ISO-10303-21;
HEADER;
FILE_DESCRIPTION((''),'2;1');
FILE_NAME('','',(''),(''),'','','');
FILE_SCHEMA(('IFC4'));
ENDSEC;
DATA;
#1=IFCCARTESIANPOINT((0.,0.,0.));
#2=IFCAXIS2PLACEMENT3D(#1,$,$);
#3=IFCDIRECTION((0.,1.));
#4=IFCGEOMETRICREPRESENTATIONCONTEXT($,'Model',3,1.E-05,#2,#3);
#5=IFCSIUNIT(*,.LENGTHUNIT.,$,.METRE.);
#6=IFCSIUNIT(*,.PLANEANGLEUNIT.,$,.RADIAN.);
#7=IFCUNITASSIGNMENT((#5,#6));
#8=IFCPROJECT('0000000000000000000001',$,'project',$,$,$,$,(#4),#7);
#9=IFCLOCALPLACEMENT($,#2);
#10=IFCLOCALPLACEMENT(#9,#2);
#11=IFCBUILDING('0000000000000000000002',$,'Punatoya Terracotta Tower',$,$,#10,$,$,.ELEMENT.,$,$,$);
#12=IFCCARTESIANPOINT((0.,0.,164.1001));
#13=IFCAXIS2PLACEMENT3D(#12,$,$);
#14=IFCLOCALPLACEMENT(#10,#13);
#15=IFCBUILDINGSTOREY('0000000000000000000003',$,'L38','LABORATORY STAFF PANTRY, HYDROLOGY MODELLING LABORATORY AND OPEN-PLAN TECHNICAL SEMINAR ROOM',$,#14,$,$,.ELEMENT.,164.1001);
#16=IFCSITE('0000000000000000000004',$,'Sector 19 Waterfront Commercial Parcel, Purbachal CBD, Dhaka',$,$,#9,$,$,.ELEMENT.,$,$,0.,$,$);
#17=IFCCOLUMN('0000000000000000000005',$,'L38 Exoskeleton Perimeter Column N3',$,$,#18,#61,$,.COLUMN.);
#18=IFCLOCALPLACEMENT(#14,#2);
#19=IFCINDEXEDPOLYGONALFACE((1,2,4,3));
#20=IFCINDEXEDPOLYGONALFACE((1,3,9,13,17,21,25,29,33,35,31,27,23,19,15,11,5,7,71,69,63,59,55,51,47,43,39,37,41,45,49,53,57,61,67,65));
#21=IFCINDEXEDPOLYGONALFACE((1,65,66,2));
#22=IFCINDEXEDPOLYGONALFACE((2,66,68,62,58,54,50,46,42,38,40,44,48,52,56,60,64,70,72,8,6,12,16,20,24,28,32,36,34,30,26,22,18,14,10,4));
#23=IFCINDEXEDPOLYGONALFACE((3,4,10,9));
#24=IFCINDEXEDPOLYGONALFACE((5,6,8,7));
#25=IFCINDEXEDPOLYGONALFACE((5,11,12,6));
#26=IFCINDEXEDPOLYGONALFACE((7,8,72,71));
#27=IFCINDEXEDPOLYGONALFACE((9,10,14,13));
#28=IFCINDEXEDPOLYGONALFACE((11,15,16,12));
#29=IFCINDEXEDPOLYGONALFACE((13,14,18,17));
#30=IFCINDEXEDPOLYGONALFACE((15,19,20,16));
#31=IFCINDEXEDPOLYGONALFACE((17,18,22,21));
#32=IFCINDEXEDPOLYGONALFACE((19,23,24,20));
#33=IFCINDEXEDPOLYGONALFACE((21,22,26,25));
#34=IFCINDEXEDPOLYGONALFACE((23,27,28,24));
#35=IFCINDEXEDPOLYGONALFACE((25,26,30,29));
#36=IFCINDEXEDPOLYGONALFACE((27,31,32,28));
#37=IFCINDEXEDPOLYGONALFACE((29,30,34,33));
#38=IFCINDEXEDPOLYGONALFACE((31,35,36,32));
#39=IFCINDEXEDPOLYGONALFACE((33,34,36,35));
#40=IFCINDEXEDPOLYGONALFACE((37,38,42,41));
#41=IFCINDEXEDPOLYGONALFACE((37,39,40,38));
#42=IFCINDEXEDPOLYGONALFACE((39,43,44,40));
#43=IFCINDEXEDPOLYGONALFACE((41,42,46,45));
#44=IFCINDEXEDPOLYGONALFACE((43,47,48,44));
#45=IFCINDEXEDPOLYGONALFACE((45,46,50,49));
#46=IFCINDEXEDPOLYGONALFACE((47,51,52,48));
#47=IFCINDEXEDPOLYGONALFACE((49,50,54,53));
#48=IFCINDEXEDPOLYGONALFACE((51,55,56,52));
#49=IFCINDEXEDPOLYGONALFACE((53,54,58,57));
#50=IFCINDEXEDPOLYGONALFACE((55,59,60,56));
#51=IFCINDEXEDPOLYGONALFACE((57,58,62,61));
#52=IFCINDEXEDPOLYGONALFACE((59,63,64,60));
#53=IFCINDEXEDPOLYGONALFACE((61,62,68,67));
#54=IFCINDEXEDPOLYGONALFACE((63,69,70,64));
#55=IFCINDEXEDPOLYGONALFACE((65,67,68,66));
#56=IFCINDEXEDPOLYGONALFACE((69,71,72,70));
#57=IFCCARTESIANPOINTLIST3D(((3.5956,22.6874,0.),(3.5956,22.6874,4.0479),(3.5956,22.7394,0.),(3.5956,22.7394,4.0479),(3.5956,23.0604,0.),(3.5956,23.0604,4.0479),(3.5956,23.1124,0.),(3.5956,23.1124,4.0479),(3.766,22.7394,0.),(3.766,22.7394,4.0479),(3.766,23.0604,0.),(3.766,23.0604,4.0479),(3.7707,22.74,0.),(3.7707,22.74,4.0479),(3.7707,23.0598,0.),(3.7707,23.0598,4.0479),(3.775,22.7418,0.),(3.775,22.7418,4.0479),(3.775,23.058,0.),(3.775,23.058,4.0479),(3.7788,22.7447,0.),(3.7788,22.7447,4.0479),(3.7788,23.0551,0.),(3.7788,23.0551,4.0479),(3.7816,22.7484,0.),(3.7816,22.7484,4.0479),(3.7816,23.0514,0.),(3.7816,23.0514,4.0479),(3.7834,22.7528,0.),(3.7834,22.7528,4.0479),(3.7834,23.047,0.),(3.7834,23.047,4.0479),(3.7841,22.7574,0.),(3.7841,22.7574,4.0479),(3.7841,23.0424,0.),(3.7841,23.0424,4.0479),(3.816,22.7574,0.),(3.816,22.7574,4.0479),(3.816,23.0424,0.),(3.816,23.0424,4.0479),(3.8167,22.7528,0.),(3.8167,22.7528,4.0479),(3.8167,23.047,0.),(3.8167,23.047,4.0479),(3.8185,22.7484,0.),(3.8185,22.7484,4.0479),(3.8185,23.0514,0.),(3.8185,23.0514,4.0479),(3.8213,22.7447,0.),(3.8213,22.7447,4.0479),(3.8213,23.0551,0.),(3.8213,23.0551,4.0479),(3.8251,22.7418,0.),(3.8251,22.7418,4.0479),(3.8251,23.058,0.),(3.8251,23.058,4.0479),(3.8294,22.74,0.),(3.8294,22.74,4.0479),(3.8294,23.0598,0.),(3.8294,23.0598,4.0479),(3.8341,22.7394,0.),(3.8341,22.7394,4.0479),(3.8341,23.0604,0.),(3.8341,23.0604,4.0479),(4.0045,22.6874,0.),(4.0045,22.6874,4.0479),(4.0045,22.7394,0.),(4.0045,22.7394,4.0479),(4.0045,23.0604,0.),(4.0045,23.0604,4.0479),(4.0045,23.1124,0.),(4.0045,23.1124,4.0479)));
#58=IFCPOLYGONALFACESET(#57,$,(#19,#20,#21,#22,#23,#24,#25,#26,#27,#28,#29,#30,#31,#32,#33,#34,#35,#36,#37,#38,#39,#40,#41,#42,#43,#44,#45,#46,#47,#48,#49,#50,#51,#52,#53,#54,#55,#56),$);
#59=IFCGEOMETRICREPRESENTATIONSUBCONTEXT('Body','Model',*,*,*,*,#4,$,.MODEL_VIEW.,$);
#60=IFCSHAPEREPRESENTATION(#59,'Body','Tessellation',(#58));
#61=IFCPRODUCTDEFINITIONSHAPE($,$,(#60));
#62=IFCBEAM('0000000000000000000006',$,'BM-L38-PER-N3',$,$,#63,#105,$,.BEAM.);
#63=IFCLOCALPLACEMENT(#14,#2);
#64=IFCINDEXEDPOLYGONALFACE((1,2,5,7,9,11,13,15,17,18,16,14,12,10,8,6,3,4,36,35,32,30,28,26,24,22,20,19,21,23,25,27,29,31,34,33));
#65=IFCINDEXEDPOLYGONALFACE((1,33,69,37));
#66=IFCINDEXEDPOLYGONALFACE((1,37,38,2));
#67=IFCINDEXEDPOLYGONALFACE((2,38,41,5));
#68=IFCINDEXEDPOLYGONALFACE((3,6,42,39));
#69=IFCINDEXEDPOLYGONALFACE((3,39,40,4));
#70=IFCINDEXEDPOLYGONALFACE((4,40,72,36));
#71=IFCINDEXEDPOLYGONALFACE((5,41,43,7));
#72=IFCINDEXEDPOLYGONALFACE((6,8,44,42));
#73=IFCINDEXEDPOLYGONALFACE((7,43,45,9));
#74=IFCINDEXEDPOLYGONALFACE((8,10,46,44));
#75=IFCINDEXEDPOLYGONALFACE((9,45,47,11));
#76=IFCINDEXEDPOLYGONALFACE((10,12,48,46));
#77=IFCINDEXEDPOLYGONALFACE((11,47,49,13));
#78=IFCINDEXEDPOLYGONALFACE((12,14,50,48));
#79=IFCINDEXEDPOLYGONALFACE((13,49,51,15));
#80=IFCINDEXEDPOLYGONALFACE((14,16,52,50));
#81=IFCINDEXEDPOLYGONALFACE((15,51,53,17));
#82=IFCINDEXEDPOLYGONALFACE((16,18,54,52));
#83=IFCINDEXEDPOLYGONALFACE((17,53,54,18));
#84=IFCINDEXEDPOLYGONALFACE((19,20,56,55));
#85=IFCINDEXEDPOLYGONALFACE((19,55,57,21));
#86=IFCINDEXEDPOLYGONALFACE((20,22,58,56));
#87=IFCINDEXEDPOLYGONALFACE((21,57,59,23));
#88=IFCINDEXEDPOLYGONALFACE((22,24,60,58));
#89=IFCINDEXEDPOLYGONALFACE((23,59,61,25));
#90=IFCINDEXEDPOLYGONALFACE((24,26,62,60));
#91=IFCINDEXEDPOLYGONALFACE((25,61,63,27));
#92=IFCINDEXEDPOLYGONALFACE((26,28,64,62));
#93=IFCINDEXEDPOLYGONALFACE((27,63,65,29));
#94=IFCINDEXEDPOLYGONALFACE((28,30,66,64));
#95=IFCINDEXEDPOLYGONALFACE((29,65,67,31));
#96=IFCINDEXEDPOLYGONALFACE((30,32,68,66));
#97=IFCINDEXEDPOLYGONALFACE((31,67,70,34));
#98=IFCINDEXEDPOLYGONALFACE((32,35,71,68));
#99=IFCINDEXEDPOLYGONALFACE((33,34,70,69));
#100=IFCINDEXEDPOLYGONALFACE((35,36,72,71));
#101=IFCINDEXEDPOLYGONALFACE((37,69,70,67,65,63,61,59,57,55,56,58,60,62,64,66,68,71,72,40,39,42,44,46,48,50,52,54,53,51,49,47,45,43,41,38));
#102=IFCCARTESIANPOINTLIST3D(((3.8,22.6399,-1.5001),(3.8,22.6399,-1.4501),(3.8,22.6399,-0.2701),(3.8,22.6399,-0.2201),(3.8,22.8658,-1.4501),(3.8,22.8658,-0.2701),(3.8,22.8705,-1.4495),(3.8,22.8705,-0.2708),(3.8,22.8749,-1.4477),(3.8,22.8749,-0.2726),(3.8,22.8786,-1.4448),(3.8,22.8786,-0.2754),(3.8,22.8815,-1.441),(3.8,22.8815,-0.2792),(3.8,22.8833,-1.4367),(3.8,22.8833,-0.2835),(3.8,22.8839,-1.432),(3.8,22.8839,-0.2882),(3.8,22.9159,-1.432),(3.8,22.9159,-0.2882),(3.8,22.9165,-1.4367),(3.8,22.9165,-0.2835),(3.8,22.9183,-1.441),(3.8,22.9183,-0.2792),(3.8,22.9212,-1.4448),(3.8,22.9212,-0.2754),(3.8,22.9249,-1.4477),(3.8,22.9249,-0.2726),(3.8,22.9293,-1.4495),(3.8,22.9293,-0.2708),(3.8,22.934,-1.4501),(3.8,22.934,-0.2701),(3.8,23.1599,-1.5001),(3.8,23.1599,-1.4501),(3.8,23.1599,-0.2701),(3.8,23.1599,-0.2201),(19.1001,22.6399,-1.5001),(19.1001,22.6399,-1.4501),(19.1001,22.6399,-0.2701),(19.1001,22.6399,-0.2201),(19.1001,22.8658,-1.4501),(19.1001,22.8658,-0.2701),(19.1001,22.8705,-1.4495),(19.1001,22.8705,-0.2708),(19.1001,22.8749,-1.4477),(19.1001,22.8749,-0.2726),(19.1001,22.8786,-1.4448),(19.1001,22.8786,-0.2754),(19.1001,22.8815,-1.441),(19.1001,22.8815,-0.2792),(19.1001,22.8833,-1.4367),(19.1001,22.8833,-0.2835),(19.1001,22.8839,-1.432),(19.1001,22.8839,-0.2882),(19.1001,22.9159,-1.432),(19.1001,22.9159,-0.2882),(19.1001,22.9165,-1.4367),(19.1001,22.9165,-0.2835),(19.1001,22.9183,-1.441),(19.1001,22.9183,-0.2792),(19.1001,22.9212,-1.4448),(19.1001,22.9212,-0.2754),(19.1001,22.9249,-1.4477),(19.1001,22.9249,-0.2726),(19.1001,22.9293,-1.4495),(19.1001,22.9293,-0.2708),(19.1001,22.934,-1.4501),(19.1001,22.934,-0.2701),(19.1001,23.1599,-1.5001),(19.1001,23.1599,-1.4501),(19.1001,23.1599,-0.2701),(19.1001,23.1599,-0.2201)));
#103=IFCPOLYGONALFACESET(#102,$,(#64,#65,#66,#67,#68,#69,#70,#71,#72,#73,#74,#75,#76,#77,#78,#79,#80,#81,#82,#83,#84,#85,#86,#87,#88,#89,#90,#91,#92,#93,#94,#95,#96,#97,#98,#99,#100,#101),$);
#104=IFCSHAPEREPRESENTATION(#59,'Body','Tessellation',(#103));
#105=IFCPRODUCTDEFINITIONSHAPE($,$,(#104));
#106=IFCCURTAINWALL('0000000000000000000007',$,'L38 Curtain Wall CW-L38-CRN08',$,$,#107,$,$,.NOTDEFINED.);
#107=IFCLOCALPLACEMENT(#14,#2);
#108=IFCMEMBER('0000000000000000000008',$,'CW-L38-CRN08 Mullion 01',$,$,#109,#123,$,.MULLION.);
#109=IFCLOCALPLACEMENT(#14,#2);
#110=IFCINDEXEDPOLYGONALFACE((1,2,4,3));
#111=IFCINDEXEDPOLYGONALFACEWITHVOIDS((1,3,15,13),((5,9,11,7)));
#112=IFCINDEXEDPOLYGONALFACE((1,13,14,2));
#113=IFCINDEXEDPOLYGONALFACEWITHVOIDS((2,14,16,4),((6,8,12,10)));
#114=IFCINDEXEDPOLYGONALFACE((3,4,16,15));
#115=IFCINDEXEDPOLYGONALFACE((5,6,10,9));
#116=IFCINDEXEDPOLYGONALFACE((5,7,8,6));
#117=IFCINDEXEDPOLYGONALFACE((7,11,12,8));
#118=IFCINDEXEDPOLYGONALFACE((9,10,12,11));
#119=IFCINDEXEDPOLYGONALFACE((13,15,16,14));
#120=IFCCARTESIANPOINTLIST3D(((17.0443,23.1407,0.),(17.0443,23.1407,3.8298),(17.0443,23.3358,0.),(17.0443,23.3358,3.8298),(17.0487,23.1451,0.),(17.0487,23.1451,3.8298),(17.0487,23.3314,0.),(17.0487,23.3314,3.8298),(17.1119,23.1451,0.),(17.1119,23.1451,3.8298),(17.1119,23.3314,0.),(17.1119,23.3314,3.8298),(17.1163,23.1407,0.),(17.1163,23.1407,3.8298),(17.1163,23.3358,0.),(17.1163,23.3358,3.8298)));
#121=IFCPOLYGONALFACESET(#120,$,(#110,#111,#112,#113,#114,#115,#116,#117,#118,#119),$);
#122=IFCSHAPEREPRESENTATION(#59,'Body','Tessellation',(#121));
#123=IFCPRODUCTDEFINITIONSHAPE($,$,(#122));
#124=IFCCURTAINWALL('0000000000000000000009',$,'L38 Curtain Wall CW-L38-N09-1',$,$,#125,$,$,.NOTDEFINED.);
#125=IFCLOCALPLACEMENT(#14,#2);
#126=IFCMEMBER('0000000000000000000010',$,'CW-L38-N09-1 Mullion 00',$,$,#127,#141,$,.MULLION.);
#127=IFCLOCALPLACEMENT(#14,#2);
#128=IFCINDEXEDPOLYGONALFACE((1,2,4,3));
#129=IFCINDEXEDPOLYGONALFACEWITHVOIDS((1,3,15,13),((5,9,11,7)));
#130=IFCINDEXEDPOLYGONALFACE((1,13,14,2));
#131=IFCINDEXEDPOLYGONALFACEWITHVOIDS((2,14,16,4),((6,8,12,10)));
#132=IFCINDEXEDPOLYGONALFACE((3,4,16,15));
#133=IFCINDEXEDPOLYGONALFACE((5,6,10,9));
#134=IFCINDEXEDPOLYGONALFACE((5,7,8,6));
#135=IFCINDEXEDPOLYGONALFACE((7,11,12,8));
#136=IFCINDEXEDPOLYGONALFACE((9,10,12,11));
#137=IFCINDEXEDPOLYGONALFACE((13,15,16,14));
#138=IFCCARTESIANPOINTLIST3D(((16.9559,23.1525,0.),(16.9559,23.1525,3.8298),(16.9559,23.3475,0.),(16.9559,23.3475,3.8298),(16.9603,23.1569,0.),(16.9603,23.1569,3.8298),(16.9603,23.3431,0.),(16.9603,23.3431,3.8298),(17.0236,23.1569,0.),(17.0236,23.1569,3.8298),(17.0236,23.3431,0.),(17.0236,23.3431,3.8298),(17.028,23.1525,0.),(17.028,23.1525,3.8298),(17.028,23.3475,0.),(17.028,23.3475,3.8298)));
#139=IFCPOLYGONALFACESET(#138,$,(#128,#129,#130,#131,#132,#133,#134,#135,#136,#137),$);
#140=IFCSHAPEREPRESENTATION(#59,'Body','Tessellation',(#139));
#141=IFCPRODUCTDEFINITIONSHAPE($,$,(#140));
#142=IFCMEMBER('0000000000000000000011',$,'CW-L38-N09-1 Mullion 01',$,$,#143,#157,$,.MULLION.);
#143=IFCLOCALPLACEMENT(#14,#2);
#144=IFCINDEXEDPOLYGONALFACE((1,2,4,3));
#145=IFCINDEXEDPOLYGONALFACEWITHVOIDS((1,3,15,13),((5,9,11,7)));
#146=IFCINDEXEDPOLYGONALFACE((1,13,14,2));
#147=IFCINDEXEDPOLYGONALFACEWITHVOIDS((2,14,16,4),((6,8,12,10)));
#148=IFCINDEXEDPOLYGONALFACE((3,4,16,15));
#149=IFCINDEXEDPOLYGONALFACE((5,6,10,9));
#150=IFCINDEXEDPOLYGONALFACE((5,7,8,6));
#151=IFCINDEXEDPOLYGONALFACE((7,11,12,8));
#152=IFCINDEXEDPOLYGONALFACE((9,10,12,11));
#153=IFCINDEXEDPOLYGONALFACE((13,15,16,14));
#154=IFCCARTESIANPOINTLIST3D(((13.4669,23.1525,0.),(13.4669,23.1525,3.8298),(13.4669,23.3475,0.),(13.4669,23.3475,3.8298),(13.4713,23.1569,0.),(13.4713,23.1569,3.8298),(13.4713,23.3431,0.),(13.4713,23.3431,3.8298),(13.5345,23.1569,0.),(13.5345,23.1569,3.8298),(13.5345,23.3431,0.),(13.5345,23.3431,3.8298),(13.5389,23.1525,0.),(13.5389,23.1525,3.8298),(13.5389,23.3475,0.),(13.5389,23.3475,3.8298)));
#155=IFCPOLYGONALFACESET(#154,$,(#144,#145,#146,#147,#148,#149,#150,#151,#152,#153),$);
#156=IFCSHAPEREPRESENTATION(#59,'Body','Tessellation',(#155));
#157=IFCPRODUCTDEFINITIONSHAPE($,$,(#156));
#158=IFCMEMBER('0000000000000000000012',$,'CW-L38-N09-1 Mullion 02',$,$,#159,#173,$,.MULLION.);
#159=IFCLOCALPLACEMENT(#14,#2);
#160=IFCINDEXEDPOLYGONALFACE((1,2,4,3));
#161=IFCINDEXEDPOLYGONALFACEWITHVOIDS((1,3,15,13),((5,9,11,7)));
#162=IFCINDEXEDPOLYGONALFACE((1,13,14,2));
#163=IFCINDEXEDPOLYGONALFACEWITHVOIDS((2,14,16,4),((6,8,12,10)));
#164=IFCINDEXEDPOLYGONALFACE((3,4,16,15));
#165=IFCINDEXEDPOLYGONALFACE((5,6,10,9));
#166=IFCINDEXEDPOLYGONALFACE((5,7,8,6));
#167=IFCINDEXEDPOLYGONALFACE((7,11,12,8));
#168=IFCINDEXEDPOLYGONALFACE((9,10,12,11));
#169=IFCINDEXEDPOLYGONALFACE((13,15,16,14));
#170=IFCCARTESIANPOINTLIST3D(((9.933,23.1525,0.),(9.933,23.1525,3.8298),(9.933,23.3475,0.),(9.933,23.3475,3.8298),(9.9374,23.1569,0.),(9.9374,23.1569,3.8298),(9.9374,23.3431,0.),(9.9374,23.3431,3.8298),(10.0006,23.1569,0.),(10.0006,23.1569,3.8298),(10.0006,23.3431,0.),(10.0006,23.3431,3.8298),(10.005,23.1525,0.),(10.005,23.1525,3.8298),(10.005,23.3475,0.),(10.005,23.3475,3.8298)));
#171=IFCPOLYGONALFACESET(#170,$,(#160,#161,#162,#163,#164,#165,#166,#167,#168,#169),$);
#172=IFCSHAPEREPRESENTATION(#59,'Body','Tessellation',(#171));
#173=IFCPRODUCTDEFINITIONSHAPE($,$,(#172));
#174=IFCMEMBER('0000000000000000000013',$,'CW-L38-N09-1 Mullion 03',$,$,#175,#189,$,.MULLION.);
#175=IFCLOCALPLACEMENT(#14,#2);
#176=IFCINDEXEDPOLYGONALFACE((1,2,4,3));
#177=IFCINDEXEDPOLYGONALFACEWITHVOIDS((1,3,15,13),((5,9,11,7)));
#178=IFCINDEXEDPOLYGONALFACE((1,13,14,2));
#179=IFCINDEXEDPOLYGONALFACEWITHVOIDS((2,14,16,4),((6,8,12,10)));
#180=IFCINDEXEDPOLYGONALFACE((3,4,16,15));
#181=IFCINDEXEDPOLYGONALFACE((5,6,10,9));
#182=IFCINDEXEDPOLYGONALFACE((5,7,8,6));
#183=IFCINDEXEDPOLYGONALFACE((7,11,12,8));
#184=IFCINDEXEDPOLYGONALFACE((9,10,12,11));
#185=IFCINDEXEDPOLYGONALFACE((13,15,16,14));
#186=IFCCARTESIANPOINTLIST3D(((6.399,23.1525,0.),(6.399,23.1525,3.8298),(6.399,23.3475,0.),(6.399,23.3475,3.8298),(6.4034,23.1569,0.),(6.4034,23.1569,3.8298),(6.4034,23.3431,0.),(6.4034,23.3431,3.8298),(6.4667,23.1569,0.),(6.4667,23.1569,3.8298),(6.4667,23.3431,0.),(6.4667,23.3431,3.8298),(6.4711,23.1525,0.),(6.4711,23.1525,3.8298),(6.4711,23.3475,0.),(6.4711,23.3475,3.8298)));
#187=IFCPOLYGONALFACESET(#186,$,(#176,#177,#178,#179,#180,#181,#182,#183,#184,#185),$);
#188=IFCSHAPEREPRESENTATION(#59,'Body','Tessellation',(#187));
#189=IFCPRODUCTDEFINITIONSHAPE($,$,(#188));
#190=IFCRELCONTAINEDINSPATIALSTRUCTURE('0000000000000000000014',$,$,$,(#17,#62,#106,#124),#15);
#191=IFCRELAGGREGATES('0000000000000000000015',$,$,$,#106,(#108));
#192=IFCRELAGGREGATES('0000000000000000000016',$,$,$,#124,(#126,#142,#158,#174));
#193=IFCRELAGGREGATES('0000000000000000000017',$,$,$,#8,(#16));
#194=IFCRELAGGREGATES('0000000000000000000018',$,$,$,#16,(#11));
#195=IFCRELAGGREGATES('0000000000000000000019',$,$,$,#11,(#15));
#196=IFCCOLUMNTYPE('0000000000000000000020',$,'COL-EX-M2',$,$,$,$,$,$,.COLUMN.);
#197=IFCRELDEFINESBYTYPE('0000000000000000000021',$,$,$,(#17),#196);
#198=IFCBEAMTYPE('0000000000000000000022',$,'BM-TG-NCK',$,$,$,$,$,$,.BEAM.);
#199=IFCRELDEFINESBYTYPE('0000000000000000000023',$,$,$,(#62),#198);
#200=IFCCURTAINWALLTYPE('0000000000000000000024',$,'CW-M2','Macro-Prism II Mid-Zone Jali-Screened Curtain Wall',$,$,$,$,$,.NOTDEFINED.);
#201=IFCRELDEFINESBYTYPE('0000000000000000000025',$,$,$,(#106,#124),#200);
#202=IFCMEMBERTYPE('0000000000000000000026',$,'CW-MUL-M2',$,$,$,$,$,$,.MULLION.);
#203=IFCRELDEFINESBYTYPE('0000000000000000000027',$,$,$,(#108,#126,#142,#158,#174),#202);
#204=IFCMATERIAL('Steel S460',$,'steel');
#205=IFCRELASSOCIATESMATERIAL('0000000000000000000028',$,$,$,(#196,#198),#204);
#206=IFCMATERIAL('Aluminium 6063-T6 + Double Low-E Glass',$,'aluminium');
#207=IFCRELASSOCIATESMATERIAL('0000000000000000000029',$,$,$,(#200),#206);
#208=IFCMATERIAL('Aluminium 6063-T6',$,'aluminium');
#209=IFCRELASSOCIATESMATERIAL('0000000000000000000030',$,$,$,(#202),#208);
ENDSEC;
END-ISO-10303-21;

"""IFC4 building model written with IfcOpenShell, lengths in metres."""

from ifc_helpers import new_model, si_unit, direction, frame, origin, origin_2d, place, context, subcontext, project, spatial, hollow_rectangle, i_section, extrude, material, material_profile, profile_set, type_object, element, aggregate, save


model = new_model("IFC4")

# Units and contexts
model_context = context("Model", 3, precision=1e-05, world=origin(), true_north=direction((0.0, 1.0)))
body_context = subcontext(model_context, "Body", "Model", "MODEL_VIEW")
ifc_project = project(units=[si_unit("LENGTHUNIT", "METRE"), si_unit("PLANEANGLEUNIT", "RADIAN")], contexts=[model_context])

# Site, building, storey
site_placement = place(None, origin())
site = spatial("IfcSite", under=ifc_project, at=site_placement, Name="Sector 19 Waterfront Commercial Parcel, Purbachal CBD, Dhaka", CompositionType="ELEMENT", RefElevation=0.0)
building_placement = place(site_placement, origin())
building = spatial("IfcBuilding", under=site, at=building_placement, Name="Punatoya Terracotta Tower", CompositionType="ELEMENT")
storey_placement = place(building_placement, frame((0.0, 0.0, 164.1001)))
storey = spatial("IfcBuildingStorey", under=building, at=storey_placement, Name="L38", Description="LABORATORY STAFF PANTRY, HYDROLOGY MODELLING LABORATORY AND OPEN-PLAN TECHNICAL SEMINAR ROOM", CompositionType="ELEMENT", Elevation=164.1001)

# Column
ifc_material_1 = material(Name="Steel S460", Category="steel")
ifc_material_profile_1 = material_profile(ifc_material_1, i_section(OverallWidth=0.4089, OverallDepth=0.425, WebThickness=0.032, FlangeThickness=0.052, FilletRadius=0.0181, at=origin_2d()))
ifc_profile_set_1 = profile_set([ifc_material_profile_1], Name="Steel S460")
column_type = type_object("IfcColumnType", Name="COL-EX-M2", PredefinedType="COLUMN", material=ifc_profile_set_1)
column_placement = place(storey_placement, frame((3.8, 22.8999, 0.0), z_axis=(0.0, 0.0, 1.0), x_axis=(1.0, 0.0, 0.0)))
element("IfcColumn", 1, at=column_placement, inside=storey, type_object=column_type, Name="L38 Exoskeleton Perimeter Column N3", PredefinedType="COLUMN", context=body_context, shape_type="SweptSolid", body=[
    extrude(i_section(OverallWidth=0.4089, OverallDepth=0.425, WebThickness=0.032, FlangeThickness=0.052, FilletRadius=0.0181, at=origin_2d()), origin(), (0.0, 0.0, 1.0), 4.0479),
])

# Beam
ifc_material_profile_2 = material_profile(ifc_material_1, i_section(OverallWidth=0.52, OverallDepth=1.28, WebThickness=0.032, FlangeThickness=0.05, FilletRadius=0.0181, at=origin_2d()))
ifc_profile_set_2 = profile_set([ifc_material_profile_2], Name="Steel S460")
beam_type = type_object("IfcBeamType", Name="BM-TG-NCK", PredefinedType="BEAM", material=ifc_profile_set_2)
beam_placement = place(storey_placement, frame((3.8, 22.8999, -0.8601), z_axis=(1.0, 0.0, 0.0), x_axis=(0.0, 1.0, 0.0)))
element("IfcBeam", 2, at=beam_placement, inside=storey, type_object=beam_type, Name="BM-L38-PER-N3", PredefinedType="BEAM", context=body_context, shape_type="SweptSolid", body=[
    extrude(i_section(OverallWidth=0.52, OverallDepth=1.28, WebThickness=0.032, FlangeThickness=0.05, FilletRadius=0.0181, at=origin_2d()), origin(), (0.0, 0.0, 1.0), 15.3),
])

# Curtain wall, member
ifc_material_2 = material(Name="Aluminium 6063-T6 + Double Low-E Glass", Category="aluminium")
curtain_wall_type = type_object("IfcCurtainWallType", Name="CW-M2", Description="Macro-Prism II Mid-Zone Jali-Screened Curtain Wall", PredefinedType="NOTDEFINED", material=ifc_material_2)
curtain_wall_1_placement = place(storey_placement, origin())
curtain_wall_1 = element("IfcCurtainWall", 3, at=curtain_wall_1_placement, inside=storey, type_object=curtain_wall_type, Name="L38 Curtain Wall CW-L38-CRN08", PredefinedType="NOTDEFINED")
ifc_material_3 = material(Name="Aluminium 6063-T6", Category="aluminium")
ifc_material_profile_3 = material_profile(ifc_material_3, hollow_rectangle(XDim=0.072, YDim=0.1951, WallThickness=0.0044, at=origin_2d()))
ifc_profile_set_3 = profile_set([ifc_material_profile_3], Name="Aluminium 6063-T6")
member_type_1 = type_object("IfcMemberType", Name="CW-MUL-M2", PredefinedType="MULLION", material=ifc_profile_set_3)
member_1_placement = place(storey_placement, frame((17.0803, 23.2383, 0.0), z_axis=(0.0, 0.0, 1.0), x_axis=(1.0, 0.0, 0.0)))
member_1 = element("IfcMember", 4, at=member_1_placement, type_object=member_type_1, Name="CW-L38-CRN08 Mullion 01", PredefinedType="MULLION", context=body_context, shape_type="SweptSolid", body=[
    extrude(hollow_rectangle(XDim=0.072, YDim=0.1951, WallThickness=0.0044, at=origin_2d()), origin(), (0.0, 0.0, 1.0), 3.8298),
])
aggregate(curtain_wall_1, [member_1])

# Curtain wall, members
curtain_wall_2_placement = place(storey_placement, origin())
curtain_wall_2 = element("IfcCurtainWall", 5, at=curtain_wall_2_placement, inside=storey, type_object=curtain_wall_type, Name="L38 Curtain Wall CW-L38-N09-1", PredefinedType="NOTDEFINED")
member_2_placement = place(storey_placement, frame((16.9919, 23.25, 0.0), z_axis=(0.0, 0.0, 1.0), x_axis=(1.0, 0.0, 0.0)))
member_2 = element("IfcMember", 6, at=member_2_placement, type_object=member_type_1, Name="CW-L38-N09-1 Mullion 00", PredefinedType="MULLION", context=body_context, shape_type="SweptSolid", body=[
    extrude(hollow_rectangle(XDim=0.072, YDim=0.1951, WallThickness=0.0044, at=origin_2d()), origin(), (0.0, 0.0, 1.0), 3.8298),
])
member_3_placement = place(storey_placement, frame((13.5029, 23.25, 0.0), z_axis=(0.0, 0.0, 1.0), x_axis=(1.0, 0.0, 0.0)))
member_3 = element("IfcMember", 7, at=member_3_placement, type_object=member_type_1, Name="CW-L38-N09-1 Mullion 01", PredefinedType="MULLION", context=body_context, shape_type="SweptSolid", body=[
    extrude(hollow_rectangle(XDim=0.072, YDim=0.1951, WallThickness=0.0044, at=origin_2d()), origin(), (0.0, 0.0, 1.0), 3.8298),
])
member_4_placement = place(storey_placement, frame((9.969, 23.25, 0.0), z_axis=(0.0, 0.0, 1.0), x_axis=(1.0, 0.0, 0.0)))
member_4 = element("IfcMember", 8, at=member_4_placement, type_object=member_type_1, Name="CW-L38-N09-1 Mullion 02", PredefinedType="MULLION", context=body_context, shape_type="SweptSolid", body=[
    extrude(hollow_rectangle(XDim=0.072, YDim=0.1951, WallThickness=0.0044, at=origin_2d()), origin(), (0.0, 0.0, 1.0), 3.8298),
])
member_5_placement = place(storey_placement, frame((6.4351, 23.25, 0.0), z_axis=(0.0, 0.0, 1.0), x_axis=(1.0, 0.0, 0.0)))
member_5 = element("IfcMember", 9, at=member_5_placement, type_object=member_type_1, Name="CW-L38-N09-1 Mullion 03", PredefinedType="MULLION", context=body_context, shape_type="SweptSolid", body=[
    extrude(hollow_rectangle(XDim=0.072, YDim=0.1951, WallThickness=0.0044, at=origin_2d()), origin(), (0.0, 0.0, 1.0), 3.8298),
])
aggregate(curtain_wall_2, [member_2, member_3, member_4, member_5])

save(model, "model.ifc")
